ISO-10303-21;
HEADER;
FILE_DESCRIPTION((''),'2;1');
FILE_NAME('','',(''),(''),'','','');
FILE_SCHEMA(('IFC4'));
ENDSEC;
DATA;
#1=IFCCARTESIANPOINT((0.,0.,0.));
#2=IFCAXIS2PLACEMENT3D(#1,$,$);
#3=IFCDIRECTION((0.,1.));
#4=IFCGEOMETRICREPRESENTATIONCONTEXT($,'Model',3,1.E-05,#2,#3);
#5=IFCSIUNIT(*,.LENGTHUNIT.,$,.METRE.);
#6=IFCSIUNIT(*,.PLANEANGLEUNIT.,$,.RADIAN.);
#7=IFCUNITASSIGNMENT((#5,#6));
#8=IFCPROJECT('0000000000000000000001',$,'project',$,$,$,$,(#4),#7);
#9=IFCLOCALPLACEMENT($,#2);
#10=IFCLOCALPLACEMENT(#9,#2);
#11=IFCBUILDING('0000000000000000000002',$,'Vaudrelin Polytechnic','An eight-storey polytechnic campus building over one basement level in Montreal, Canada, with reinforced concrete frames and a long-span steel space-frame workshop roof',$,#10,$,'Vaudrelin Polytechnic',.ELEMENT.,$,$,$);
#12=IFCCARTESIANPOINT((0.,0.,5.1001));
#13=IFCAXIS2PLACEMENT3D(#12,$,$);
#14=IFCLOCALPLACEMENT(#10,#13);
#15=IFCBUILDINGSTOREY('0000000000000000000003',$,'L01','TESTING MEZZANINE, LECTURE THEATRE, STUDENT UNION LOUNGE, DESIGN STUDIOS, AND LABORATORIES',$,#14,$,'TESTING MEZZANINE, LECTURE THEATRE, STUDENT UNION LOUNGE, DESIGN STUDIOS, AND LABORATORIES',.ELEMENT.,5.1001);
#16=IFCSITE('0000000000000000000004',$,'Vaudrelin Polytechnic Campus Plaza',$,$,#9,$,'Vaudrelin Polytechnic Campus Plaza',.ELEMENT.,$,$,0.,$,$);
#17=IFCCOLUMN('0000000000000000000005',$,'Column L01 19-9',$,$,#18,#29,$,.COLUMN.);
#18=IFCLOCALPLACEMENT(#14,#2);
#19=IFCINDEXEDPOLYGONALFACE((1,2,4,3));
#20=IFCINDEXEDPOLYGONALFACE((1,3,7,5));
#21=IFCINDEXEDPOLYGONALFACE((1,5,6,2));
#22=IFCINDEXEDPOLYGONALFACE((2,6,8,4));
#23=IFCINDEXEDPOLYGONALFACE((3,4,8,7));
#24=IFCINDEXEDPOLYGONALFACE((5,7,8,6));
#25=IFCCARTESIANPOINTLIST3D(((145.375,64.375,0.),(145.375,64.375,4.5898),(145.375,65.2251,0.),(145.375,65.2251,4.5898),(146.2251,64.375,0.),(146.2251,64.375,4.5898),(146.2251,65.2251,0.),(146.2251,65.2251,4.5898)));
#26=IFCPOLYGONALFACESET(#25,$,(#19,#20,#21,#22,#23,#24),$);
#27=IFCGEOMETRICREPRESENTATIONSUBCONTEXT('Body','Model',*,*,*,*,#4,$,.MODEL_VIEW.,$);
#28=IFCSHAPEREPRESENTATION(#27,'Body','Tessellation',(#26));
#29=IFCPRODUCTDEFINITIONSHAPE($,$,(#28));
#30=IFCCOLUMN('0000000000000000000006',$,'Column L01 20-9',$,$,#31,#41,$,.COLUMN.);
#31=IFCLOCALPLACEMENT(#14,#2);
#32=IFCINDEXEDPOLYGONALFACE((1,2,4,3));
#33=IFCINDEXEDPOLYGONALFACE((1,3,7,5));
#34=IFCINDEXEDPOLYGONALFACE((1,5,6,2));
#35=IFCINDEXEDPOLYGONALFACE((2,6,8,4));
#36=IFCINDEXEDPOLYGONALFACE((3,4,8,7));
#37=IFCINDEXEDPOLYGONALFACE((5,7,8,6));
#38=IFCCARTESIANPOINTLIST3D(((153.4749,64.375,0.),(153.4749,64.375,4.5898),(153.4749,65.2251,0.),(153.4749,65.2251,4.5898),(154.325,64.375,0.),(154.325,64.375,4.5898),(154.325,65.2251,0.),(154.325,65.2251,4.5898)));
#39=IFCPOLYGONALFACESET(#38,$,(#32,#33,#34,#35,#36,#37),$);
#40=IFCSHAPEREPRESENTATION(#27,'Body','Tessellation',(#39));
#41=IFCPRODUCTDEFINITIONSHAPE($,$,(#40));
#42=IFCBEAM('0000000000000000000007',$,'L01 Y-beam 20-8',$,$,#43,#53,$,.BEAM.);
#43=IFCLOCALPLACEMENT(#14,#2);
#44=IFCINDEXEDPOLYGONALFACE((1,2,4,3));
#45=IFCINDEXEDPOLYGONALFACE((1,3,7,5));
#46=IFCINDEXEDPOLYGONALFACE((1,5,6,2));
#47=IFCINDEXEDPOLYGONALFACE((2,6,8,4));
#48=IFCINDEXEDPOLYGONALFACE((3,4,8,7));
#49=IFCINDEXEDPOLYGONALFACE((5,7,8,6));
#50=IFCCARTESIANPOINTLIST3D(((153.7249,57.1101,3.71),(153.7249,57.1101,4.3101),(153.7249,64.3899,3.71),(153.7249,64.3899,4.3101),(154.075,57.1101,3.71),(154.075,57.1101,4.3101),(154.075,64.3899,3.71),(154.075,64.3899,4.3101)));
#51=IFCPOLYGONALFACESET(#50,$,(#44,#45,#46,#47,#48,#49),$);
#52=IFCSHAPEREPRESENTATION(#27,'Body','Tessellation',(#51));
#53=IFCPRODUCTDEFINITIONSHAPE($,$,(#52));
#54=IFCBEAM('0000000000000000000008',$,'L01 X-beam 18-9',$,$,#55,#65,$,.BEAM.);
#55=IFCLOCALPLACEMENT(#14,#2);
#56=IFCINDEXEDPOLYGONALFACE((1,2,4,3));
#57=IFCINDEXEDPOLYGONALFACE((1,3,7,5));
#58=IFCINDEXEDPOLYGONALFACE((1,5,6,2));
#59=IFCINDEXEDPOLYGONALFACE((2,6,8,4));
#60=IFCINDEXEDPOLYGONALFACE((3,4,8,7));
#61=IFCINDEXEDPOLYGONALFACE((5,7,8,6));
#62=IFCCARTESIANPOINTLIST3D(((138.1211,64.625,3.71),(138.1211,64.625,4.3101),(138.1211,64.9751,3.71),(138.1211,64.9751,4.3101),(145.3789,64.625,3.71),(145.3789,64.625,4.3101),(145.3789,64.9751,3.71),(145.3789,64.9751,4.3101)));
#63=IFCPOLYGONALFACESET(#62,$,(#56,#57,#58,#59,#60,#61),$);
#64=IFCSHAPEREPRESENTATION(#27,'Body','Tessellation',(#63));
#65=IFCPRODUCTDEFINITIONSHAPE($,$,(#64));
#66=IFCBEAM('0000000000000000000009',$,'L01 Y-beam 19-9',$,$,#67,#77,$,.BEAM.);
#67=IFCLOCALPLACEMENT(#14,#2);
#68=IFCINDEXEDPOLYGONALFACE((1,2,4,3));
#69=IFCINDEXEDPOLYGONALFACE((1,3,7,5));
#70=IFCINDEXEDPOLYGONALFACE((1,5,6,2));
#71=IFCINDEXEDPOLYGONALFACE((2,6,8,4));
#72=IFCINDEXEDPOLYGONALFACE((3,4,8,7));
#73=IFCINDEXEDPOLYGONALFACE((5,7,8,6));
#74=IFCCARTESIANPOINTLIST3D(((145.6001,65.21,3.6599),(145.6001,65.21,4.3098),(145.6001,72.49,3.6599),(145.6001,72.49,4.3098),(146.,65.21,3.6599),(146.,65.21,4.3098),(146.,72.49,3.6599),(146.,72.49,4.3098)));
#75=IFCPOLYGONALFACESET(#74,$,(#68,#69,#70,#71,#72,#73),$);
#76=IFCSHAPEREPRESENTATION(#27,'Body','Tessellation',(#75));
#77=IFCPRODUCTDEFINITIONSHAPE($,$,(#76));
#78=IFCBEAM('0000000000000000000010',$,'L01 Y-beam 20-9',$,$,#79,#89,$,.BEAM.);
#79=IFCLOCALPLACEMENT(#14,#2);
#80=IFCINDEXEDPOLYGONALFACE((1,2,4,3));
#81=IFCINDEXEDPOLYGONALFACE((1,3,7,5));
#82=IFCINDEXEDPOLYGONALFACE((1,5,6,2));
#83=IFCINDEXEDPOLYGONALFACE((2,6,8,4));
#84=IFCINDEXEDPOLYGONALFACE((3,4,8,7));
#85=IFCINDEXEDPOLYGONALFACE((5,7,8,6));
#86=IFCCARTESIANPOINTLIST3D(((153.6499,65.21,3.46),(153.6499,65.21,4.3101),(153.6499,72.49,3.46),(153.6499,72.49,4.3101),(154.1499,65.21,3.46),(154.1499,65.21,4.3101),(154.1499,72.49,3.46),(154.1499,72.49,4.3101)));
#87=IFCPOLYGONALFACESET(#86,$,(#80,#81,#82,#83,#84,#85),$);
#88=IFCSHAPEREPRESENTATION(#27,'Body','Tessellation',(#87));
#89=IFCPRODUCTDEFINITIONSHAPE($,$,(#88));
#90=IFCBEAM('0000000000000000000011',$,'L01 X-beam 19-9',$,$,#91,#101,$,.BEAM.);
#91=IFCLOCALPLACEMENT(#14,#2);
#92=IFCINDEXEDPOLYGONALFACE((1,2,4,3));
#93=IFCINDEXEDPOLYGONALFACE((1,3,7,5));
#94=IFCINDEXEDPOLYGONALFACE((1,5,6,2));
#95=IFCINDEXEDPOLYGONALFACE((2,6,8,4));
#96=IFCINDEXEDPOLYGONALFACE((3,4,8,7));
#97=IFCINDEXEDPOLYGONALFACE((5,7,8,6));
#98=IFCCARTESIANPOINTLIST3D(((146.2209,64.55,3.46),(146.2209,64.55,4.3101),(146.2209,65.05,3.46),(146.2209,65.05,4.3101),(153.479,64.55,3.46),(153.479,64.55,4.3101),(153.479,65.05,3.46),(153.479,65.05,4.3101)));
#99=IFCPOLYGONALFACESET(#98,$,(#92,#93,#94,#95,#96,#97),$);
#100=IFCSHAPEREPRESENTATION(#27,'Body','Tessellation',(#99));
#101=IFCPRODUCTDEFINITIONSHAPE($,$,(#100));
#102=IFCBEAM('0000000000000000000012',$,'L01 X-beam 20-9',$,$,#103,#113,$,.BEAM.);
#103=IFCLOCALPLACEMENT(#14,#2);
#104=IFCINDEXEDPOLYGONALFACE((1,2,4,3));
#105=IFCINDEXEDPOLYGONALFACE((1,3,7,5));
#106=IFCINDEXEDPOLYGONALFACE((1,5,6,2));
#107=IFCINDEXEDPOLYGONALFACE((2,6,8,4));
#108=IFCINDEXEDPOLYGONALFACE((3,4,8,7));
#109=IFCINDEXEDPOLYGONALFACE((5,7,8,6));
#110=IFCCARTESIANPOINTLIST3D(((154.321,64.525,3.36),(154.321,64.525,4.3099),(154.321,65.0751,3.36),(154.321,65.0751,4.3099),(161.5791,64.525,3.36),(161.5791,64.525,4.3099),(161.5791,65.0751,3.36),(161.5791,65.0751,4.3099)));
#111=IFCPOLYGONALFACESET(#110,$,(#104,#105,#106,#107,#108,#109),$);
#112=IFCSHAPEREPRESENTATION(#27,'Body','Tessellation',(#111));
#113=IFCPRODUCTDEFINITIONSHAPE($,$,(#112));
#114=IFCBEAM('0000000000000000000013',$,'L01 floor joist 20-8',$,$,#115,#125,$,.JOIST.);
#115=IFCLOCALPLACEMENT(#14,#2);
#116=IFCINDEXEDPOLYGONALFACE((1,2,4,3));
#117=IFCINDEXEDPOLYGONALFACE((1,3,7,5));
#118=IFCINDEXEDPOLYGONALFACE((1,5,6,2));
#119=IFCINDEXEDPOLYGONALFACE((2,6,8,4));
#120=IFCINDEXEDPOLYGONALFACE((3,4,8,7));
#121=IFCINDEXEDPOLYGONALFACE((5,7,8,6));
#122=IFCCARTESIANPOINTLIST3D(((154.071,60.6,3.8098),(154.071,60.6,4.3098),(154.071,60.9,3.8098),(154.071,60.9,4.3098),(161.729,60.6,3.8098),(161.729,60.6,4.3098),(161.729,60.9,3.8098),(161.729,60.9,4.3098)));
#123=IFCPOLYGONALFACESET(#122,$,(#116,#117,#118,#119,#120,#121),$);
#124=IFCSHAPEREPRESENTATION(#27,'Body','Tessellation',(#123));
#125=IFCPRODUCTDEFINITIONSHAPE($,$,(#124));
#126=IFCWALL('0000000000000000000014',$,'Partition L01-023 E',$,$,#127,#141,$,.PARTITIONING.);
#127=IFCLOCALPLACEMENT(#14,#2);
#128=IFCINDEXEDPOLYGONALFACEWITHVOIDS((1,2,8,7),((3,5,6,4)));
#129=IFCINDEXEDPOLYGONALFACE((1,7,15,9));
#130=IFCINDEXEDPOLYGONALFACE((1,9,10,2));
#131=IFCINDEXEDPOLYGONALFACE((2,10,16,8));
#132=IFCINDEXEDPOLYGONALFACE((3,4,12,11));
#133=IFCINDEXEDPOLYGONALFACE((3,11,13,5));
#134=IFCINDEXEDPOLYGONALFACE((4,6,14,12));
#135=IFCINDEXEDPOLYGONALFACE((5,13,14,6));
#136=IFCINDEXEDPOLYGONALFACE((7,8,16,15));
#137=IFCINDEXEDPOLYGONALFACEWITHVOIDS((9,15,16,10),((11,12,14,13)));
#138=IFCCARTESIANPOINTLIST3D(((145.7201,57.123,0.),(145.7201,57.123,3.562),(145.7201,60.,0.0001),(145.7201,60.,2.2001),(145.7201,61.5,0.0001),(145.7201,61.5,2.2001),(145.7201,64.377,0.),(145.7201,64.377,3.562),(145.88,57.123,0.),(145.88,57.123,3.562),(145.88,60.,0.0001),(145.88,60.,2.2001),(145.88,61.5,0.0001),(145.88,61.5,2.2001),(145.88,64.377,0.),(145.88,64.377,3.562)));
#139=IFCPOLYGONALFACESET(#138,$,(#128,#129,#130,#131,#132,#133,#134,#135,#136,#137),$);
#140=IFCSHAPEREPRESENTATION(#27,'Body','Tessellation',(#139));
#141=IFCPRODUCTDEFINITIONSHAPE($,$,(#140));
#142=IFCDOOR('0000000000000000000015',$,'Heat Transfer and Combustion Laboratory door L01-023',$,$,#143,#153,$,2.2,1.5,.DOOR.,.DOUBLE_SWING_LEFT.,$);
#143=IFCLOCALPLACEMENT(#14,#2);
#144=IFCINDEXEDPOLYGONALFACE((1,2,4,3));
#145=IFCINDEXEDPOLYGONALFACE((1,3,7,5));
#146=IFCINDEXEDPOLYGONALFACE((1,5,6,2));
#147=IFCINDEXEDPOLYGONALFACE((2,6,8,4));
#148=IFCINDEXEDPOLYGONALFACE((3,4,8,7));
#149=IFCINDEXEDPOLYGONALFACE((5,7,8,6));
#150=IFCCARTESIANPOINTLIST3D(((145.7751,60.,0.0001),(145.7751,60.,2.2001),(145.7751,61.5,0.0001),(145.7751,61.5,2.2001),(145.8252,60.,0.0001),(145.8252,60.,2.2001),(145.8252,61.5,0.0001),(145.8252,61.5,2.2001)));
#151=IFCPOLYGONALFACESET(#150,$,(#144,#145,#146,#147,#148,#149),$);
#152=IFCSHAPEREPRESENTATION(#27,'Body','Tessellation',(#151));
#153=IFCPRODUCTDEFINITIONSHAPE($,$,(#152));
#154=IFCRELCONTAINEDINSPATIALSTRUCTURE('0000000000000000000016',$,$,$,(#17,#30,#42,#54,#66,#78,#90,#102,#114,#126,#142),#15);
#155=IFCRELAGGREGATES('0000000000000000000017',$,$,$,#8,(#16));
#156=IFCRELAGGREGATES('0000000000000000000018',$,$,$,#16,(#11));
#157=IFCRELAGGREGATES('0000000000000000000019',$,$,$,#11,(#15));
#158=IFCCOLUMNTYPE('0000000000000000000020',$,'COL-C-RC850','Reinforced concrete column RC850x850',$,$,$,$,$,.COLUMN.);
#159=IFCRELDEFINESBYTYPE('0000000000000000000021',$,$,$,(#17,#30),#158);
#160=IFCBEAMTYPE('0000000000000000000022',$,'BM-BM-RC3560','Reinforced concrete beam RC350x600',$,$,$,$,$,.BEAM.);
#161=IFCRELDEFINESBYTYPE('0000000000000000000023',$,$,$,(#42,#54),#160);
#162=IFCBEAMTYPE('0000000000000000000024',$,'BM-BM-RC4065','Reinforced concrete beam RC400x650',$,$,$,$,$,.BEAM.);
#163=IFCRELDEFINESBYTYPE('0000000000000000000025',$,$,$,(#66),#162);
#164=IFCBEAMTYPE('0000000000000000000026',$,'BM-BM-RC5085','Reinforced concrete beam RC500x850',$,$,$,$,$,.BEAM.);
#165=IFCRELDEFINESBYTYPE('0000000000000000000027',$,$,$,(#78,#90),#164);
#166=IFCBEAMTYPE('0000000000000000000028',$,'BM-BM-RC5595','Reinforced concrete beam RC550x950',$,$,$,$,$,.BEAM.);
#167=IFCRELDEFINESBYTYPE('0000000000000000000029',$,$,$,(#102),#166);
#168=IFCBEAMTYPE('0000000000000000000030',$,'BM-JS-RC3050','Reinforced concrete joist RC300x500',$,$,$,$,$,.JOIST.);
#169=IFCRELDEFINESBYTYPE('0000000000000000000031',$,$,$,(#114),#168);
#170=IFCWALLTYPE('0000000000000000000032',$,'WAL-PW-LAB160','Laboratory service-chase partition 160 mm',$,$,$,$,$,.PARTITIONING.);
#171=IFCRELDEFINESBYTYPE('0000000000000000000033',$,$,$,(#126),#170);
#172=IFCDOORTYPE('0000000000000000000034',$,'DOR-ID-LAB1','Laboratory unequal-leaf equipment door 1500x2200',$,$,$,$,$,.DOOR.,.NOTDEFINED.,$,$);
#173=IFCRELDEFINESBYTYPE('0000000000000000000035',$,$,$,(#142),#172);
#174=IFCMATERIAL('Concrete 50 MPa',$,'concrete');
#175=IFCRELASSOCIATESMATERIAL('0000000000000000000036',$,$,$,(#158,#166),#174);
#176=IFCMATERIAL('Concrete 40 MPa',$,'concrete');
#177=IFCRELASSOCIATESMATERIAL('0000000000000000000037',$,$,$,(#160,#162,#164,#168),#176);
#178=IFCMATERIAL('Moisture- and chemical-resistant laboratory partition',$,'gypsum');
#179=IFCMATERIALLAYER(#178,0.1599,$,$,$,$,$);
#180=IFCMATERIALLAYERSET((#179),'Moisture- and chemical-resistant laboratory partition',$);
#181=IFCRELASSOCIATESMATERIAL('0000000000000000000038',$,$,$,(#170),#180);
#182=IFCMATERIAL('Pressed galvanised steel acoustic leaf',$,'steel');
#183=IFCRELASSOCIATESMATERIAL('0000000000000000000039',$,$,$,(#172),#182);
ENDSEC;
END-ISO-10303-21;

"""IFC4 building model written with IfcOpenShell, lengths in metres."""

from ifc_helpers import new_model, si_unit, direction, frame, frame_2d, origin, origin_2d, place, context, subcontext, project, spatial, rectangle, extrude, material, layer, layer_set, material_profile, profile_set, type_object, element, fill, save


model = new_model("IFC4")

# Units and contexts
model_context = context("Model", 3, precision=1e-05, world=origin(), true_north=direction((0.0, 1.0)))
body_context = subcontext(model_context, "Body", "Model", "MODEL_VIEW")
ifc_project = project(units=[si_unit("LENGTHUNIT", "METRE"), si_unit("PLANEANGLEUNIT", "RADIAN")], contexts=[model_context])

# Site, building, storey
site_placement = place(None, origin())
site = spatial("IfcSite", under=ifc_project, at=site_placement, Name="Vaudrelin Polytechnic Campus Plaza", LongName="Vaudrelin Polytechnic Campus Plaza", CompositionType="ELEMENT", RefElevation=0.0)
building_placement = place(site_placement, origin())
building = spatial("IfcBuilding", under=site, at=building_placement, Name="Vaudrelin Polytechnic", Description="An eight-storey polytechnic campus building over one basement level in Montreal, Canada, with reinforced concrete frames and a long-span steel space-frame workshop roof", LongName="Vaudrelin Polytechnic", CompositionType="ELEMENT")
storey_placement = place(building_placement, frame((0.0, 0.0, 5.1001)))
storey = spatial("IfcBuildingStorey", under=building, at=storey_placement, Name="L01", Description="TESTING MEZZANINE, LECTURE THEATRE, STUDENT UNION LOUNGE, DESIGN STUDIOS, AND LABORATORIES", LongName="TESTING MEZZANINE, LECTURE THEATRE, STUDENT UNION LOUNGE, DESIGN STUDIOS, AND LABORATORIES", CompositionType="ELEMENT", Elevation=5.1001)

# Columns
ifc_material_1 = material(Name="Concrete 50 MPa", Category="concrete")
ifc_material_profile_1 = material_profile(ifc_material_1, rectangle(XDim=0.8501, YDim=0.8501, at=origin_2d()), Name="RC850x850")
ifc_profile_set_1 = profile_set([ifc_material_profile_1], Name="Concrete 50 MPa")
column_type = type_object("IfcColumnType", Name="COL-C-RC850", Description="Reinforced concrete column RC850x850", PredefinedType="COLUMN", material=ifc_profile_set_1)
for number, where, z_axis, x_axis, name in (
    (1, (145.8, 64.8, 0.0), (0.0, 0.0, 1.0), (1.0, 0.0, 0.0), "Column L01 19-9"),
    (2, (153.8999, 64.8, 0.0), (0.0, 0.0, 1.0), (1.0, 0.0, 0.0), "Column L01 20-9"),
):
    element("IfcColumn", number, at=place(storey_placement, frame(where, z_axis=z_axis, x_axis=x_axis)), inside=storey, type_object=column_type, Name=name, PredefinedType="COLUMN", context=body_context, shape_type="SweptSolid", body=[
        extrude(rectangle(XDim=0.8501, YDim=0.8501, at=origin_2d()), origin(), (0.0, 0.0, 1.0), 4.5898),
    ])

# Beams
ifc_material_2 = material(Name="Concrete 40 MPa", Category="concrete")
ifc_material_profile_2 = material_profile(ifc_material_2, rectangle(XDim=0.3501, YDim=0.6001, at=origin_2d()), Name="RC350x600")
ifc_profile_set_2 = profile_set([ifc_material_profile_2], Name="Concrete 40 MPa")
beam_type_1 = type_object("IfcBeamType", Name="BM-BM-RC3560", Description="Reinforced concrete beam RC350x600", PredefinedType="BEAM", material=ifc_profile_set_2)
beam_1_placement = place(storey_placement, frame((153.8999, 57.1101, 4.01), z_axis=(0.0, 1.0, 0.0), x_axis=(-1.0, 0.0, 0.0)))
element("IfcBeam", 3, at=beam_1_placement, inside=storey, type_object=beam_type_1, Name="L01 Y-beam 20-8", PredefinedType="BEAM", context=body_context, shape_type="SweptSolid", body=[
    extrude(rectangle(XDim=0.3501, YDim=0.6001, at=origin_2d()), origin(), (0.0, 0.0, 1.0), 7.2798),
])
beam_2_placement = place(storey_placement, frame((138.1211, 64.8, 4.01), z_axis=(1.0, 0.0, 0.0), x_axis=(0.0, 1.0, 0.0)))
element("IfcBeam", 4, at=beam_2_placement, inside=storey, type_object=beam_type_1, Name="L01 X-beam 18-9", PredefinedType="BEAM", context=body_context, shape_type="SweptSolid", body=[
    extrude(rectangle(XDim=0.3501, YDim=0.6001, at=origin_2d()), origin(), (0.0, 0.0, 1.0), 7.2578),
])
ifc_material_profile_3 = material_profile(ifc_material_2, rectangle(XDim=0.3999, YDim=0.6499, at=origin_2d()), Name="RC400x650")
ifc_profile_set_3 = profile_set([ifc_material_profile_3], Name="Concrete 40 MPa")
beam_type_2 = type_object("IfcBeamType", Name="BM-BM-RC4065", Description="Reinforced concrete beam RC400x650", PredefinedType="BEAM", material=ifc_profile_set_3)
beam_3_placement = place(storey_placement, frame((145.8, 65.21, 3.9849), z_axis=(0.0, 1.0, 0.0), x_axis=(-1.0, 0.0, 0.0)))
element("IfcBeam", 5, at=beam_3_placement, inside=storey, type_object=beam_type_2, Name="L01 Y-beam 19-9", PredefinedType="BEAM", context=body_context, shape_type="SweptSolid", body=[
    extrude(rectangle(XDim=0.3999, YDim=0.6499, at=origin_2d()), origin(), (0.0, 0.0, 1.0), 7.28),
])
ifc_material_profile_4 = material_profile(ifc_material_2, rectangle(XDim=0.5, YDim=0.8501, at=origin_2d()), Name="RC500x850")
ifc_profile_set_4 = profile_set([ifc_material_profile_4], Name="Concrete 40 MPa")
beam_type_3 = type_object("IfcBeamType", Name="BM-BM-RC5085", Description="Reinforced concrete beam RC500x850", PredefinedType="BEAM", material=ifc_profile_set_4)
beam_4_placement = place(storey_placement, frame((153.8999, 65.21, 3.885), z_axis=(0.0, 1.0, 0.0), x_axis=(-1.0, 0.0, 0.0)))
element("IfcBeam", 6, at=beam_4_placement, inside=storey, type_object=beam_type_3, Name="L01 Y-beam 20-9", PredefinedType="BEAM", context=body_context, shape_type="SweptSolid", body=[
    extrude(rectangle(XDim=0.5, YDim=0.8501, at=origin_2d()), origin(), (0.0, 0.0, 1.0), 7.28),
])
beam_5_placement = place(storey_placement, frame((146.2209, 64.8, 3.885), z_axis=(1.0, 0.0, 0.0), x_axis=(0.0, 1.0, 0.0)))
element("IfcBeam", 7, at=beam_5_placement, inside=storey, type_object=beam_type_3, Name="L01 X-beam 19-9", PredefinedType="BEAM", context=body_context, shape_type="SweptSolid", body=[
    extrude(rectangle(XDim=0.5, YDim=0.8501, at=origin_2d()), origin(), (0.0, 0.0, 1.0), 7.2581),
])
ifc_material_profile_5 = material_profile(ifc_material_1, rectangle(XDim=0.55, YDim=0.95, at=origin_2d()), Name="RC550x950")
ifc_profile_set_5 = profile_set([ifc_material_profile_5], Name="Concrete 50 MPa")
beam_type_4 = type_object("IfcBeamType", Name="BM-BM-RC5595", Description="Reinforced concrete beam RC550x950", PredefinedType="BEAM", material=ifc_profile_set_5)
beam_6_placement = place(storey_placement, frame((154.321, 64.8, 3.835), z_axis=(1.0, 0.0, 0.0), x_axis=(0.0, 1.0, 0.0)))
element("IfcBeam", 8, at=beam_6_placement, inside=storey, type_object=beam_type_4, Name="L01 X-beam 20-9", PredefinedType="BEAM", context=body_context, shape_type="SweptSolid", body=[
    extrude(rectangle(XDim=0.55, YDim=0.95, at=origin_2d()), origin(), (0.0, 0.0, 1.0), 7.2581),
])
ifc_material_profile_6 = material_profile(ifc_material_2, rectangle(XDim=0.3, YDim=0.5, at=origin_2d()), Name="RC300x500")
ifc_profile_set_6 = profile_set([ifc_material_profile_6], Name="Concrete 40 MPa")
beam_type_5 = type_object("IfcBeamType", Name="BM-JS-RC3050", Description="Reinforced concrete joist RC300x500", PredefinedType="JOIST", material=ifc_profile_set_6)
beam_7_placement = place(storey_placement, frame((154.071, 60.75, 4.0598), z_axis=(1.0, 0.0, 0.0), x_axis=(0.0, 1.0, 0.0)))
element("IfcBeam", 9, at=beam_7_placement, inside=storey, type_object=beam_type_5, Name="L01 floor joist 20-8", PredefinedType="JOIST", context=body_context, shape_type="SweptSolid", body=[
    extrude(rectangle(XDim=0.3, YDim=0.5, at=origin_2d()), origin(), (0.0, 0.0, 1.0), 7.658),
])

# Wall, opening, door
ifc_material_3 = material(Name="Pressed galvanised steel acoustic leaf", Category="steel")
ifc_material_4 = material(Name="Moisture- and chemical-resistant laboratory partition", Category="gypsum")
ifc_layer_1 = layer(ifc_material_4, 0.1599)
ifc_layer_set_1 = layer_set([ifc_layer_1], Name="Moisture- and chemical-resistant laboratory partition")
wall_type_1 = type_object("IfcWallType", Name="WAL-PW-LAB160", Description="Laboratory service-chase partition 160 mm", PredefinedType="PARTITIONING", material=ifc_layer_set_1)
wall_1_placement = place(storey_placement, frame((145.8, 57.123, 0.0), z_axis=(0.0, 0.0, 1.0), x_axis=(0.0, 1.0, 0.0)))
wall_1 = element("IfcWall", 10, at=wall_1_placement, inside=storey, type_object=wall_type_1, Name="Partition L01-023 E", PredefinedType="PARTITIONING", context=body_context, shape_type="SweptSolid", body=[
    extrude(rectangle(XDim=7.2539, YDim=0.1599, at=frame_2d((3.627, 0.0))), origin(), (0.0, 0.0, 1.0), 3.562),
])
opening_1_placement = place(wall_1_placement, frame((2.877, 0.0, 0.0)))
opening_1 = element("IfcOpeningElement", 11, at=opening_1_placement, cuts=wall_1, PredefinedType="OPENING", context=body_context, shape_type="SweptSolid", body=[
    extrude(rectangle(XDim=1.5, YDim=2.2, at=frame_2d((0.75, 1.1001))), frame((0.0, 0.0898, 0.0), z_axis=(0.0, -1.0, 0.0), x_axis=(1.0, 0.0, 0.0)), (0.0, 0.0, 1.0), 0.1799),
])
door_type_1 = type_object("IfcDoorType", Name="DOR-ID-LAB1", Description="Laboratory unequal-leaf equipment door 1500x2200", OperationType="NOTDEFINED", PredefinedType="DOOR", material=ifc_material_3)
door_1_placement = place(opening_1_placement, origin())
door_1 = element("IfcDoor", 12, at=door_1_placement, inside=storey, type_object=door_type_1, Name="Heat Transfer and Combustion Laboratory door L01-023", OperationType="DOUBLE_SWING_LEFT", OverallHeight=2.2, OverallWidth=1.5, PredefinedType="DOOR", context=body_context, shape_type="SweptSolid", body=[
    extrude(rectangle(XDim=1.5, YDim=2.2, at=frame_2d((0.75, 1.1001))), frame((0.0, 0.0249, 0.0), z_axis=(0.0, -1.0, 0.0), x_axis=(1.0, 0.0, 0.0)), (0.0, 0.0, 1.0), 0.05),
])
fill(opening_1, door_1)

save(model, "model.ifc")
